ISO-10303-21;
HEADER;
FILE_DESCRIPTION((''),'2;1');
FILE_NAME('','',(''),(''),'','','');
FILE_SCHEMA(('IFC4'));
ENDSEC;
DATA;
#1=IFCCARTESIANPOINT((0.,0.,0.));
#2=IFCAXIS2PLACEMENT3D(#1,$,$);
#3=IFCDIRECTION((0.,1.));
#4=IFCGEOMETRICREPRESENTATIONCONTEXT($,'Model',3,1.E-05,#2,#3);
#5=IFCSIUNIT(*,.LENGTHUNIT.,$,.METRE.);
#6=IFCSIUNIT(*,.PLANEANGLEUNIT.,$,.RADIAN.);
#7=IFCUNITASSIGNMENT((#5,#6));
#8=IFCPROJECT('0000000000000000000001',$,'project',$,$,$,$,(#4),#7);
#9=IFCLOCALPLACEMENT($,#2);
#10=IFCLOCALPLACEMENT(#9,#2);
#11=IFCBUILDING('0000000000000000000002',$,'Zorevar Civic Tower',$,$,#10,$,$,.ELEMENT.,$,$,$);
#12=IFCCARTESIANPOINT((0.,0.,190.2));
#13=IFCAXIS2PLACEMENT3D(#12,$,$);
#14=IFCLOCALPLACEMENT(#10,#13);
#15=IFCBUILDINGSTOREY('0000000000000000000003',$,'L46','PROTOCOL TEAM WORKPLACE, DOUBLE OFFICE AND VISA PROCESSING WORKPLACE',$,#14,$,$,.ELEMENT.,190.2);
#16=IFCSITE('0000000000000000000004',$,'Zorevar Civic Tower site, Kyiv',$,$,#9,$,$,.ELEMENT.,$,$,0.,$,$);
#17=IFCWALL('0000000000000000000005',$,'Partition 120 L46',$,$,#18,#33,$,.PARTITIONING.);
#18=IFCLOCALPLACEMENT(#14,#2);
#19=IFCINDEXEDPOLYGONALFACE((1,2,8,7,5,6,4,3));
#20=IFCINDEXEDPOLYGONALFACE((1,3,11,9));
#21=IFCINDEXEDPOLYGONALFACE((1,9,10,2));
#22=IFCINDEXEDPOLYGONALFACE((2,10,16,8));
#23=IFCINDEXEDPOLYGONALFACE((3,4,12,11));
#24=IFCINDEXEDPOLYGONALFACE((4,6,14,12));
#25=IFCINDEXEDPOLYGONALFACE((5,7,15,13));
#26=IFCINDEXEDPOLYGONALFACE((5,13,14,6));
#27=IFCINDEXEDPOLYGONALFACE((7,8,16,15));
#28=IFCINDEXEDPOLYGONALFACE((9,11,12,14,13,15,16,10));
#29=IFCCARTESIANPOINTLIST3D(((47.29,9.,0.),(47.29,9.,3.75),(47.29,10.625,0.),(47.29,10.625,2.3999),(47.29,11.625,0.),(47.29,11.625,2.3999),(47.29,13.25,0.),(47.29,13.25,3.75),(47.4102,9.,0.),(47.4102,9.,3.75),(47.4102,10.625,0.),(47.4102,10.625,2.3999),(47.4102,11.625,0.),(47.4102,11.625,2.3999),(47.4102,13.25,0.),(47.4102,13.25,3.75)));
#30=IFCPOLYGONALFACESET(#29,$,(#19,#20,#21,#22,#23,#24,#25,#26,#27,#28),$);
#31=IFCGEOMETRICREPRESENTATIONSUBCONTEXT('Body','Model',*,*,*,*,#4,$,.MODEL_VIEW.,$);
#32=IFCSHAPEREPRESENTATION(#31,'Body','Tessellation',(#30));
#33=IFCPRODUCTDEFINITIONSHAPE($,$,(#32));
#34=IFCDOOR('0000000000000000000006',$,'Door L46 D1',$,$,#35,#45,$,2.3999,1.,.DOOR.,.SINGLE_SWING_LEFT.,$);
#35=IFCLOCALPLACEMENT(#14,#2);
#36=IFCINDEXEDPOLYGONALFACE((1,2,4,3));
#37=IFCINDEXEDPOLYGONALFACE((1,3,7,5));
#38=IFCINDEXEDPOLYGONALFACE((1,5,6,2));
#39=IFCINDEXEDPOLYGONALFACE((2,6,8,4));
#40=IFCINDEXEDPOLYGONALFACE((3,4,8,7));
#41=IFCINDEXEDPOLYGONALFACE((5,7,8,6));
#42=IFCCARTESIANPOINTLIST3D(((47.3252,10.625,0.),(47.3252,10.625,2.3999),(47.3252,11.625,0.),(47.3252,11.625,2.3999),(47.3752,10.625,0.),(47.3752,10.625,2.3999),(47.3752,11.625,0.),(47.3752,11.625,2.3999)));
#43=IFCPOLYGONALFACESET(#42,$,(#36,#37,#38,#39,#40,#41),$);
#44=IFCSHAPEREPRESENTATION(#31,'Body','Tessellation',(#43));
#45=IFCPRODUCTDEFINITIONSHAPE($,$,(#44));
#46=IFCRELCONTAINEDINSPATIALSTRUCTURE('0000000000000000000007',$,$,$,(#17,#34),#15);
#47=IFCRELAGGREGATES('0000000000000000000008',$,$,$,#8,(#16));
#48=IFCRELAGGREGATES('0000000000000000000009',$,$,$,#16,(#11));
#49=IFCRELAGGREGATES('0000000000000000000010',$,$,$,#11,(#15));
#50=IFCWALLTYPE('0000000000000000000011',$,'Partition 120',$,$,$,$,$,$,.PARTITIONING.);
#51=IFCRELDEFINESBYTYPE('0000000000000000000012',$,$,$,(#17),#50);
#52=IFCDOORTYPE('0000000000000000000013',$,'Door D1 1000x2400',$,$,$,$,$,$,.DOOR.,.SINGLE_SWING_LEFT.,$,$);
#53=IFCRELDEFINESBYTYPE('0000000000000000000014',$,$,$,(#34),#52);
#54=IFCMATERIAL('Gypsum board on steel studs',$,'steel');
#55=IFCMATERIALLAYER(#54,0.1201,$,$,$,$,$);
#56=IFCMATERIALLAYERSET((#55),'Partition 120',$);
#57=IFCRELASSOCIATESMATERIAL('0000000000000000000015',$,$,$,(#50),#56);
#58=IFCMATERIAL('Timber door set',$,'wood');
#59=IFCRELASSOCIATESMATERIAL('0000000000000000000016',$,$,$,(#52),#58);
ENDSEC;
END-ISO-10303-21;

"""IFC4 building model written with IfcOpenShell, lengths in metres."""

from ifc_helpers import new_model, si_unit, direction, frame, frame_2d, origin, place, context, subcontext, project, spatial, rectangle, extrude, material, layer, layer_set, type_object, element, fill, save


model = new_model("IFC4")

# Units and contexts
model_context = context("Model", 3, precision=1e-05, world=origin(), true_north=direction((0.0, 1.0)))
body_context = subcontext(model_context, "Body", "Model", "MODEL_VIEW")
ifc_project = project(units=[si_unit("LENGTHUNIT", "METRE"), si_unit("PLANEANGLEUNIT", "RADIAN")], contexts=[model_context])

# Site, building, storey
site_placement = place(None, origin())
site = spatial("IfcSite", under=ifc_project, at=site_placement, Name="Zorevar Civic Tower site, Kyiv", CompositionType="ELEMENT", RefElevation=0.0)
building_placement = place(site_placement, origin())
building = spatial("IfcBuilding", under=site, at=building_placement, Name="Zorevar Civic Tower", CompositionType="ELEMENT")
storey_placement = place(building_placement, frame((0.0, 0.0, 190.2)))
storey = spatial("IfcBuildingStorey", under=building, at=storey_placement, Name="L46", Description="PROTOCOL TEAM WORKPLACE, DOUBLE OFFICE AND VISA PROCESSING WORKPLACE", CompositionType="ELEMENT", Elevation=190.2)

# Shared definitions
ifc_material_1 = material(Name="Gypsum board on steel studs", Category="steel")
ifc_layer_1 = layer(ifc_material_1, 0.1201)
ifc_layer_set_1 = layer_set([ifc_layer_1], Name="Partition 120")
wall_type = type_object("IfcWallType", Name="Partition 120", PredefinedType="PARTITIONING", material=ifc_layer_set_1)

# Wall, opening, door
wall_1_placement = place(storey_placement, frame((47.3501, 9.0, 0.0), z_axis=(0.0, 0.0, 1.0), x_axis=(0.0, 1.0, 0.0)))
wall_1 = element("IfcWall", 1, at=wall_1_placement, inside=storey, type_object=wall_type, Name="Partition 120 L46", PredefinedType="PARTITIONING", context=body_context, shape_type="SweptSolid", body=[
    extrude(rectangle(XDim=4.25, YDim=0.1201, at=frame_2d((2.125, 0.0))), origin(), (0.0, 0.0, 1.0), 3.75),
])
opening_placement = place(wall_1_placement, frame((1.625, 0.0, 0.0)))
opening = element("IfcOpeningElement", 2, at=opening_placement, cuts=wall_1, PredefinedType="OPENING", context=body_context, shape_type="SweptSolid", body=[
    extrude(rectangle(XDim=1.0, YDim=2.3999, at=frame_2d((0.5, 1.2))), frame((0.0, 0.0701, 0.0), z_axis=(0.0, -1.0, 0.0), x_axis=(1.0, 0.0, 0.0)), (0.0, 0.0, 1.0), 0.1401),
])
ifc_material_2 = material(Name="Timber door set", Category="wood")
door_type = type_object("IfcDoorType", Name="Door D1 1000x2400", OperationType="SINGLE_SWING_LEFT", PredefinedType="DOOR", material=ifc_material_2)
door_placement = place(opening_placement, origin())
door = element("IfcDoor", 3, at=door_placement, inside=storey, type_object=door_type, Name="Door L46 D1", OperationType="SINGLE_SWING_LEFT", OverallHeight=2.3999, OverallWidth=1.0, PredefinedType="DOOR", context=body_context, shape_type="SweptSolid", body=[
    extrude(rectangle(XDim=1.0, YDim=2.3999, at=frame_2d((0.5, 1.2))), frame((0.0, 0.0249, 0.0), z_axis=(0.0, -1.0, 0.0), x_axis=(1.0, 0.0, 0.0)), (0.0, 0.0, 1.0), 0.05),
])
fill(opening, door)

save(model, "model.ifc")
